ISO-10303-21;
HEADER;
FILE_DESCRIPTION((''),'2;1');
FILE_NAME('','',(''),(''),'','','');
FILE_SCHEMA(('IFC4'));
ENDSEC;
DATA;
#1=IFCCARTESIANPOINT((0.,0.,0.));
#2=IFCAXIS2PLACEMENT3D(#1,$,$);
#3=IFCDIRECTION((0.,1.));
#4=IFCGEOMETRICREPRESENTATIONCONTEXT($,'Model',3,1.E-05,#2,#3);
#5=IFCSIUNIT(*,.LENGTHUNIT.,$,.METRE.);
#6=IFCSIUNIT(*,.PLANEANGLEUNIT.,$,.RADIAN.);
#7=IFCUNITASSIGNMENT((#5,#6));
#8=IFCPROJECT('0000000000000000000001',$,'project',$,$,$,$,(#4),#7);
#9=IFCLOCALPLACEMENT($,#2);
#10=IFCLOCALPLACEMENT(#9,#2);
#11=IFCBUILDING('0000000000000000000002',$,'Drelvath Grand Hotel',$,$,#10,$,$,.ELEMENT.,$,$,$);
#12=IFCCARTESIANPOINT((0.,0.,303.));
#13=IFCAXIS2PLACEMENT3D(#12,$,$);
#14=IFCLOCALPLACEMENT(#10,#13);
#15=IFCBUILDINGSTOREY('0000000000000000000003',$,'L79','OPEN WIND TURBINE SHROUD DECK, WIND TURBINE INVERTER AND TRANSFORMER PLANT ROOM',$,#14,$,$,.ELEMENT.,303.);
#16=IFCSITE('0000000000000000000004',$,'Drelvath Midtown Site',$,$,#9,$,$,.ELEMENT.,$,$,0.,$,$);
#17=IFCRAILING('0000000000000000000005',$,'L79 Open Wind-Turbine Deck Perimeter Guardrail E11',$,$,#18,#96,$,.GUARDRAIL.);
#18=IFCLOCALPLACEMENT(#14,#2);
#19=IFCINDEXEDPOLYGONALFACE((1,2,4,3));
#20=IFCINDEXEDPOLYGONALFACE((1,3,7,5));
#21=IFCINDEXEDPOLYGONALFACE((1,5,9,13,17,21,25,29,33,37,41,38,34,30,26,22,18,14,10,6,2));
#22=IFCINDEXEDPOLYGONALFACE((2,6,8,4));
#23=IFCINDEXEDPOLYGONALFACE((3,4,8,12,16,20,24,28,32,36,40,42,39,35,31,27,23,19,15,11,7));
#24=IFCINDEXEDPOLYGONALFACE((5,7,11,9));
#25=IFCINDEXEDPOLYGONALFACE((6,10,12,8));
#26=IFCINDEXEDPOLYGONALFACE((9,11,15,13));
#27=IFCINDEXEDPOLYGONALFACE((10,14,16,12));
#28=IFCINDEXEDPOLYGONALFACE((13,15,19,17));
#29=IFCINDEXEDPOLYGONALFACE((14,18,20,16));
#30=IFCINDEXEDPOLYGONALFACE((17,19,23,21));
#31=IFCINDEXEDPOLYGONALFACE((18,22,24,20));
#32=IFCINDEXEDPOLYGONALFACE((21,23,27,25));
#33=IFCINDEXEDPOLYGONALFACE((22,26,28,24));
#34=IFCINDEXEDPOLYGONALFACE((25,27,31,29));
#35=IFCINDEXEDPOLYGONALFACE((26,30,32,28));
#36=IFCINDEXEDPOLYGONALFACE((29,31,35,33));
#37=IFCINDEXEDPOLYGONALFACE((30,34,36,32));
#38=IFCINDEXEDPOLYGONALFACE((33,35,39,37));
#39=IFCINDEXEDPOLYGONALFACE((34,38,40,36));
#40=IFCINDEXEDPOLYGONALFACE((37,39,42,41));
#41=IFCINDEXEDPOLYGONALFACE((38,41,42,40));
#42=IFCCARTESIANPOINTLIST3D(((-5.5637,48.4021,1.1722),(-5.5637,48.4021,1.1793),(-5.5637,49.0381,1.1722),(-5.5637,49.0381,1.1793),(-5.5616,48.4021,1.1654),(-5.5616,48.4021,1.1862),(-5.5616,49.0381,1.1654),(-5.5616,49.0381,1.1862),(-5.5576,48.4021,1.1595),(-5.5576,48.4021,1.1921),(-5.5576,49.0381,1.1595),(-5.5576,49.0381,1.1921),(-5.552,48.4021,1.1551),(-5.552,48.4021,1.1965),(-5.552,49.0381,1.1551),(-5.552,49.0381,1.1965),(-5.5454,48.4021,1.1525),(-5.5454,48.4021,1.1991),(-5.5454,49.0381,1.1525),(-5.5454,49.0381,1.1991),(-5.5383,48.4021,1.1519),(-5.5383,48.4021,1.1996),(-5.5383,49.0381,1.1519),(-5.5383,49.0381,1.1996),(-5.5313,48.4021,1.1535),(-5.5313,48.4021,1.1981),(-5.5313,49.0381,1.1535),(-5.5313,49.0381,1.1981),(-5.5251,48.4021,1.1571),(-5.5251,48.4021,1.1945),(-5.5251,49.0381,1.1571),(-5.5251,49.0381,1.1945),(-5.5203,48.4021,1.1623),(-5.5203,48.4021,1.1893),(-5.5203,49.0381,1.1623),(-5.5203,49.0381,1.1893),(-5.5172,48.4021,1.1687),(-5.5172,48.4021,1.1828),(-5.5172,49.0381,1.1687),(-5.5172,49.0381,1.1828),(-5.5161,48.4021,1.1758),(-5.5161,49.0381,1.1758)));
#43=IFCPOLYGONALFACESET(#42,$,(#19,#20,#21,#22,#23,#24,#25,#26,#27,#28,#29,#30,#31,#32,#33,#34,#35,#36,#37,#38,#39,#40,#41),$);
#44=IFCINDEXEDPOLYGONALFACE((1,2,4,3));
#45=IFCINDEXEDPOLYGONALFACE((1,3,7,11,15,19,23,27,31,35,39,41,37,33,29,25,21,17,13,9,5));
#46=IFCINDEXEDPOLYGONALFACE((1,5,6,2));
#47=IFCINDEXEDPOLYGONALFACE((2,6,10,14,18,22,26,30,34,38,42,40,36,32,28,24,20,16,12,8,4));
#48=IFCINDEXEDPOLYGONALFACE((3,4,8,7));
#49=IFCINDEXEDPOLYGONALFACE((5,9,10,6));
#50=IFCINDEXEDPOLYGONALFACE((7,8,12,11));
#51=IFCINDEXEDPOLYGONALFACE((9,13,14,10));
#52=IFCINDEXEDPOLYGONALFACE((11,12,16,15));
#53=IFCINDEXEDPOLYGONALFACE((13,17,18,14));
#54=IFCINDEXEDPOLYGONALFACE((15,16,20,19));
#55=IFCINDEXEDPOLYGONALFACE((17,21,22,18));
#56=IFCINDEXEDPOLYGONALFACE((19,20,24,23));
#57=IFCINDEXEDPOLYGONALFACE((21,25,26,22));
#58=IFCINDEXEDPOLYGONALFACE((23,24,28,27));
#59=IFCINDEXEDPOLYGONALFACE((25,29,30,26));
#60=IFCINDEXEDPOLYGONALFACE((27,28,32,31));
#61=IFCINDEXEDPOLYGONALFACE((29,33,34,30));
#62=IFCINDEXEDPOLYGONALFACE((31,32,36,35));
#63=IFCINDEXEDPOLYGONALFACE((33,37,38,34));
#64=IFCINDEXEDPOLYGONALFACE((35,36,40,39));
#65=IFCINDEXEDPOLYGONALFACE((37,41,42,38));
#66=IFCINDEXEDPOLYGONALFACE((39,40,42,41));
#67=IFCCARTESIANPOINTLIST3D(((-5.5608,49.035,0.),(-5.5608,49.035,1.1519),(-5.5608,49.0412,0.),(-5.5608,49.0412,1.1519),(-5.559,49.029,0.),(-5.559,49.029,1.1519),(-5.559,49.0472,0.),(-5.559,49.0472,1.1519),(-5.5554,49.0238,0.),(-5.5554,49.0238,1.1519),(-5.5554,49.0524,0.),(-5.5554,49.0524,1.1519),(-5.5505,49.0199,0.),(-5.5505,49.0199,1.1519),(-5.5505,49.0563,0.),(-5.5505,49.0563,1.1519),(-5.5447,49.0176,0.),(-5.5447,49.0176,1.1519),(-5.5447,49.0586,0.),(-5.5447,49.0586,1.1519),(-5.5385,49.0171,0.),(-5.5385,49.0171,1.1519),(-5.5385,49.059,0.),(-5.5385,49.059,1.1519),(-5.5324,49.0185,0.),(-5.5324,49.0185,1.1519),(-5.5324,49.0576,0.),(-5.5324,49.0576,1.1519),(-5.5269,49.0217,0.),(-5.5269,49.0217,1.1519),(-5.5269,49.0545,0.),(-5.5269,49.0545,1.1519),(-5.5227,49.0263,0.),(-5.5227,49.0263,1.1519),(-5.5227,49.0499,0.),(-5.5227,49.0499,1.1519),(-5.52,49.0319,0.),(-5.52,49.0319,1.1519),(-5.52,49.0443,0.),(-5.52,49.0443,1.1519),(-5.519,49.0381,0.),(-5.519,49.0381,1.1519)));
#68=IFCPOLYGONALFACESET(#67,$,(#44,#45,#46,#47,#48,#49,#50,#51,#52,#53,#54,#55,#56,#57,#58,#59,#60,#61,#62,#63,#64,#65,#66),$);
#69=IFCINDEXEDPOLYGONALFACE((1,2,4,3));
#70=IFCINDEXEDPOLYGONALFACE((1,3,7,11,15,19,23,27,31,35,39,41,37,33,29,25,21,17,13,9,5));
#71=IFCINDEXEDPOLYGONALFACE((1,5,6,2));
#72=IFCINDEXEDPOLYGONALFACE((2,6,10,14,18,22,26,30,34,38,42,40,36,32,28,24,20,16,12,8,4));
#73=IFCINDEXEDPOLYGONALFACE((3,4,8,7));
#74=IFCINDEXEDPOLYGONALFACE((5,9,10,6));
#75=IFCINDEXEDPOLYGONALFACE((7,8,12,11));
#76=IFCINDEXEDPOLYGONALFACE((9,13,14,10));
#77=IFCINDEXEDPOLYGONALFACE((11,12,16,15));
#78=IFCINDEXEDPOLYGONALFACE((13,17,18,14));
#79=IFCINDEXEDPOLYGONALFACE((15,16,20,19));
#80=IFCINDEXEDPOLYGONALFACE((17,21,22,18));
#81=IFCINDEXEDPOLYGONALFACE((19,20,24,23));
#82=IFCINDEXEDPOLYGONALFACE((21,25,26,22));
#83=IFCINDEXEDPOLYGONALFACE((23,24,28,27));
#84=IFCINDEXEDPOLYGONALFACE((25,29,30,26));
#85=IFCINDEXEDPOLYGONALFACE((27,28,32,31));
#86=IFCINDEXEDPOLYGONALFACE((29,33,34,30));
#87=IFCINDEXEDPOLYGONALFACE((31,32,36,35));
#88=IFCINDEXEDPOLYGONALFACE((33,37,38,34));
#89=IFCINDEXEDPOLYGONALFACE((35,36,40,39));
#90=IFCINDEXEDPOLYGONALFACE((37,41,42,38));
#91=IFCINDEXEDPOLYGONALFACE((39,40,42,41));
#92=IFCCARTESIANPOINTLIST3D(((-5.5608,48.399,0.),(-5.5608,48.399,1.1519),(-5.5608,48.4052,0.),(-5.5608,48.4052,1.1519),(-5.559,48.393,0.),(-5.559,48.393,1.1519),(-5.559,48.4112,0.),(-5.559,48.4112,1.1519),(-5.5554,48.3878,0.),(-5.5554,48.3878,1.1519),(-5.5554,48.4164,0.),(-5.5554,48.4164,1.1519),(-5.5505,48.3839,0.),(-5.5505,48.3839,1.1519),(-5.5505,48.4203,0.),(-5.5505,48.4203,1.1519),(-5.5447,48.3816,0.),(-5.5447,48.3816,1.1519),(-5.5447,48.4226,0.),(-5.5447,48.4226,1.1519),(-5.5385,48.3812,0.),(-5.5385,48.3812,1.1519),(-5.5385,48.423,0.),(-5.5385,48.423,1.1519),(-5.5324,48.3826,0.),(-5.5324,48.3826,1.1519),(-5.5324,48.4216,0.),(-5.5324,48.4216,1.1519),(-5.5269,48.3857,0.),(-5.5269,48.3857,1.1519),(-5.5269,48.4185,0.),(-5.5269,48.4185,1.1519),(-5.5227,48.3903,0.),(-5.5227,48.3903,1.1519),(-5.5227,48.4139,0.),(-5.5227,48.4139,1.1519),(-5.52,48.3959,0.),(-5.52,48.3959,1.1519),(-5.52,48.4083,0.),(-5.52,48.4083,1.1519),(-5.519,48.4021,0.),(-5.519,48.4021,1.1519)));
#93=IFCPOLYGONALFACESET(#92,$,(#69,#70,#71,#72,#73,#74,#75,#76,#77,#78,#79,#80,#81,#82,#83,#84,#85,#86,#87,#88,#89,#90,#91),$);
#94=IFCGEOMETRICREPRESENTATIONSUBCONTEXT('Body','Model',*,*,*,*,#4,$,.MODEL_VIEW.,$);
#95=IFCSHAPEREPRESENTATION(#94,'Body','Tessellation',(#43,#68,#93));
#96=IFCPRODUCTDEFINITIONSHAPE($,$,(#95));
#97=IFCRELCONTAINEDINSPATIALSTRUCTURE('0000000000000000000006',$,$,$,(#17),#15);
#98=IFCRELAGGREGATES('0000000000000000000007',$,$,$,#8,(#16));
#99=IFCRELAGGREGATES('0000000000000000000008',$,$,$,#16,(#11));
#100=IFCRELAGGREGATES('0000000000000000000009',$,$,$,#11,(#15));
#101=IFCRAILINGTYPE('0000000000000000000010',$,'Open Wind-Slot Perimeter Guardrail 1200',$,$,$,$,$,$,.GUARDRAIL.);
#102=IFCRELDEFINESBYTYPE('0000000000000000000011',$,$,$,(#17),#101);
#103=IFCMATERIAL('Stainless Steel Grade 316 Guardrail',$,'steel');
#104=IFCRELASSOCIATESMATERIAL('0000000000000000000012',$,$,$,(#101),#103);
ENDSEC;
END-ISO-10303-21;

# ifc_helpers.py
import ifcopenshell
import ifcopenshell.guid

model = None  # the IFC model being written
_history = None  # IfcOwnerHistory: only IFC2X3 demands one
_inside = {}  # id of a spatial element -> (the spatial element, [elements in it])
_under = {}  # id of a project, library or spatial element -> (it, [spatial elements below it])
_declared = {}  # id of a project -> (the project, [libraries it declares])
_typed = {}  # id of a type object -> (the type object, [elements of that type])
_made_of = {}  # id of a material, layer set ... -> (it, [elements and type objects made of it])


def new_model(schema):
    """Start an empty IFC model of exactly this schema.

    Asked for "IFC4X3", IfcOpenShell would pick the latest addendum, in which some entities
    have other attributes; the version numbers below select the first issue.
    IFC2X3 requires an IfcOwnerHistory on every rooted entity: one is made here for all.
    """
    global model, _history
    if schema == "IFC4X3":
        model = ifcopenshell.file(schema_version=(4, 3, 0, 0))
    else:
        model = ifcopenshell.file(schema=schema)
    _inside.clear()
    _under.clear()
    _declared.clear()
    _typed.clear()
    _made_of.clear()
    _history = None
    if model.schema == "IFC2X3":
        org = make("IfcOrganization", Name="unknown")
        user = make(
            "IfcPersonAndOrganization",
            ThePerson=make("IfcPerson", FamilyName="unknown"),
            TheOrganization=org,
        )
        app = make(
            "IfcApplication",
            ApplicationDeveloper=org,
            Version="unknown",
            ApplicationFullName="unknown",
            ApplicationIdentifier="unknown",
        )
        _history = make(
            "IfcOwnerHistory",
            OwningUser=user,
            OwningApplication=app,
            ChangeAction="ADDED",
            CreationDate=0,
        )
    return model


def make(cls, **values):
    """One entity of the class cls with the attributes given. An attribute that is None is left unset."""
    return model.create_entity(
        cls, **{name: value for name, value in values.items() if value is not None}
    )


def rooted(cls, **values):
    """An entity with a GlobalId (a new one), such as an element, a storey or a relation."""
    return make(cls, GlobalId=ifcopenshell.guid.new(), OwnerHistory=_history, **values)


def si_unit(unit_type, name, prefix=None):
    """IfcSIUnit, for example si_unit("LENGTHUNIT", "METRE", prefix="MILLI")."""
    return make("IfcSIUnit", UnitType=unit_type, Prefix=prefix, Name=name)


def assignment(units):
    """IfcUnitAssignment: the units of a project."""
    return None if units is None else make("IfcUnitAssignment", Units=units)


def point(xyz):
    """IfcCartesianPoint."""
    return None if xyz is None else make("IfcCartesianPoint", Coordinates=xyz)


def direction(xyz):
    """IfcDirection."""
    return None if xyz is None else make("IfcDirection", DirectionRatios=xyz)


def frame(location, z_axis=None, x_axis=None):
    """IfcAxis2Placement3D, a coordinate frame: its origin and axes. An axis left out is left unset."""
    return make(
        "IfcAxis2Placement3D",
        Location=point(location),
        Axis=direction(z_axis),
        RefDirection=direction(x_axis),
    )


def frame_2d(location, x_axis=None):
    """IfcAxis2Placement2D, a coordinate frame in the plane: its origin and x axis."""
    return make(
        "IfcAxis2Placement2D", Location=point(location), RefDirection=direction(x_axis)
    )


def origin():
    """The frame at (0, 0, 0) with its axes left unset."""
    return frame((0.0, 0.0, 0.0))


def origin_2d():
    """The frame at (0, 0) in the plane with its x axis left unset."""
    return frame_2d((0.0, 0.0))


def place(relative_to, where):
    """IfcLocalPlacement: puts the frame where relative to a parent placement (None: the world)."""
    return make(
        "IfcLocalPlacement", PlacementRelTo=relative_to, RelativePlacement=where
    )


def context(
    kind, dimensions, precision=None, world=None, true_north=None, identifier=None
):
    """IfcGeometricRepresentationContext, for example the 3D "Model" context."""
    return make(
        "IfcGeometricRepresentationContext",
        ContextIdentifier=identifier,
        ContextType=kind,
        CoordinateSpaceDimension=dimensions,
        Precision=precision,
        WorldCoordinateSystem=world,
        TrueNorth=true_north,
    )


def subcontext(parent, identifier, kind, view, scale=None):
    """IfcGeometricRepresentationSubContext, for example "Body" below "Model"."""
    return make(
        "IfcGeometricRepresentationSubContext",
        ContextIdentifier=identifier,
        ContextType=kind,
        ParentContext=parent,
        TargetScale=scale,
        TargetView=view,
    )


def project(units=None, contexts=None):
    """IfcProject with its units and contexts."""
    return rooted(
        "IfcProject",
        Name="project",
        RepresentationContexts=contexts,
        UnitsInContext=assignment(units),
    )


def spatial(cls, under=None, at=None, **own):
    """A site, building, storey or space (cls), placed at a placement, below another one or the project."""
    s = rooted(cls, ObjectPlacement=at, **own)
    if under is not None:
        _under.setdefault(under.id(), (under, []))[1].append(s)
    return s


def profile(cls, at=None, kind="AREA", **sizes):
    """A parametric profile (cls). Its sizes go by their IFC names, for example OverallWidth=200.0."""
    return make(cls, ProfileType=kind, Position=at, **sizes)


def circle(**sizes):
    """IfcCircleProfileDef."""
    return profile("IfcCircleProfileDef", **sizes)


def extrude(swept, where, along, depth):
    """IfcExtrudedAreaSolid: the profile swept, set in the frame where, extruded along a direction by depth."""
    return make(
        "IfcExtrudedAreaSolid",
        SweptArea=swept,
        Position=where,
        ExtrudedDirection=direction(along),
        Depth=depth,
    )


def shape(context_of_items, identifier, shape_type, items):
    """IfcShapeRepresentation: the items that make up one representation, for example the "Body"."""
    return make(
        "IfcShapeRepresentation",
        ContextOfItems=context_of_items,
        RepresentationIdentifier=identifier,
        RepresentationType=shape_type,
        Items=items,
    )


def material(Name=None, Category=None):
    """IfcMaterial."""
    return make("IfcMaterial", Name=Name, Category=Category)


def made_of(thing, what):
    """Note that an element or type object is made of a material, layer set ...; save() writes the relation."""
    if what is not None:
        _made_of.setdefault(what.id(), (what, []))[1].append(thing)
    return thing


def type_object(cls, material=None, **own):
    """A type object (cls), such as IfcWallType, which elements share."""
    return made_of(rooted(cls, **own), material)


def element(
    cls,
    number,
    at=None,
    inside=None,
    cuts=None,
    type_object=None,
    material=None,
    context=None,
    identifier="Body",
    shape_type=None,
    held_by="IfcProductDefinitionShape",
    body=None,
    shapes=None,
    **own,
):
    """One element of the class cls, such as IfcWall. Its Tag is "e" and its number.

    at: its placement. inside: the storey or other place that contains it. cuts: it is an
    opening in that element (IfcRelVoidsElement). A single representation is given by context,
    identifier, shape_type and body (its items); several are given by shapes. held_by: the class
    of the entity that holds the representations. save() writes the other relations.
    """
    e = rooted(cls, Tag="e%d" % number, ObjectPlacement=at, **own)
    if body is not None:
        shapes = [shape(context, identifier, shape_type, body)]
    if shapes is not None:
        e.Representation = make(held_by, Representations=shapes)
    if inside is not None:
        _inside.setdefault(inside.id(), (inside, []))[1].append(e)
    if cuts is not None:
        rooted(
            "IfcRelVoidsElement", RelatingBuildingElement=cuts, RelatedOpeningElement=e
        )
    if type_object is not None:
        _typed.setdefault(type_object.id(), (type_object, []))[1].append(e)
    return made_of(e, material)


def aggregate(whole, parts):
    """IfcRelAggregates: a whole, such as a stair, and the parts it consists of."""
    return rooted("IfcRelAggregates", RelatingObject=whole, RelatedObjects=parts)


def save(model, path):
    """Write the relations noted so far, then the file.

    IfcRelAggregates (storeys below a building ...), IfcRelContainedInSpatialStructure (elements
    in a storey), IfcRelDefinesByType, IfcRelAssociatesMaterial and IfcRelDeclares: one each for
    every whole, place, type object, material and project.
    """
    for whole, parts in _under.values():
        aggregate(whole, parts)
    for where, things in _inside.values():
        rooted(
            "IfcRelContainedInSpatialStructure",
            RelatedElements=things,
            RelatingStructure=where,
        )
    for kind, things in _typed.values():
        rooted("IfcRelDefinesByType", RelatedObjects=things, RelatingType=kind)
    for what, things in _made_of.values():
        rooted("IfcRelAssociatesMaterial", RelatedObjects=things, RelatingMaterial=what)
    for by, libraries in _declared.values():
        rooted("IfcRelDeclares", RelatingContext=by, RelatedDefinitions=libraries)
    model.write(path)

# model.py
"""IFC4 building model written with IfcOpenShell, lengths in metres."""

from ifc_helpers import new_model, si_unit, direction, frame, origin, origin_2d, place, context, subcontext, project, spatial, circle, extrude, material, type_object, element, save


model = new_model("IFC4")

# Units and contexts
model_context = context("Model", 3, precision=1e-05, world=origin(), true_north=direction((0.0, 1.0)))
body_context = subcontext(model_context, "Body", "Model", "MODEL_VIEW")
ifc_project = project(units=[si_unit("LENGTHUNIT", "METRE"), si_unit("PLANEANGLEUNIT", "RADIAN")], contexts=[model_context])

# Site, building, storey
site_placement = place(None, origin())
site = spatial("IfcSite", under=ifc_project, at=site_placement, Name="Drelvath Midtown Site", CompositionType="ELEMENT", RefElevation=0.0)
building_placement = place(site_placement, origin())
building = spatial("IfcBuilding", under=site, at=building_placement, Name="Drelvath Grand Hotel", CompositionType="ELEMENT")
storey_placement = place(building_placement, frame((0.0, 0.0, 303.0)))
storey = spatial("IfcBuildingStorey", under=building, at=storey_placement, Name="L79", Description="OPEN WIND TURBINE SHROUD DECK, WIND TURBINE INVERTER AND TRANSFORMER PLANT ROOM", CompositionType="ELEMENT", Elevation=303.0)

# Railing
ifc_material_1 = material(Name="Stainless Steel Grade 316 Guardrail", Category="steel")
railing_type = type_object("IfcRailingType", Name="Open Wind-Slot Perimeter Guardrail 1200", PredefinedType="GUARDRAIL", material=ifc_material_1)
railing_1_placement = place(storey_placement, frame((-5.54, 49.0381, 0.0)))
element("IfcRailing", 1, at=railing_1_placement, inside=storey, type_object=railing_type, Name="L79 Open Wind-Turbine Deck Perimeter Guardrail E11", PredefinedType="GUARDRAIL", context=body_context, shape_type="SweptSolid", body=[
    extrude(circle(Radius=0.0239, at=origin_2d()), frame((0.0, 0.0, 1.1758), z_axis=(0.0, -1.0, 0.0), x_axis=(1.0, 0.0, 0.0)), (0.0, 0.0, 1.0), 0.636),
    extrude(circle(Radius=0.021, at=origin_2d()), origin(), (0.0, 0.0, 1.0), 1.1519),
    extrude(circle(Radius=0.021, at=origin_2d()), frame((0.0, -0.636, 0.0)), (0.0, 0.0, 1.0), 1.1519),
])

save(model, "model.ifc")
